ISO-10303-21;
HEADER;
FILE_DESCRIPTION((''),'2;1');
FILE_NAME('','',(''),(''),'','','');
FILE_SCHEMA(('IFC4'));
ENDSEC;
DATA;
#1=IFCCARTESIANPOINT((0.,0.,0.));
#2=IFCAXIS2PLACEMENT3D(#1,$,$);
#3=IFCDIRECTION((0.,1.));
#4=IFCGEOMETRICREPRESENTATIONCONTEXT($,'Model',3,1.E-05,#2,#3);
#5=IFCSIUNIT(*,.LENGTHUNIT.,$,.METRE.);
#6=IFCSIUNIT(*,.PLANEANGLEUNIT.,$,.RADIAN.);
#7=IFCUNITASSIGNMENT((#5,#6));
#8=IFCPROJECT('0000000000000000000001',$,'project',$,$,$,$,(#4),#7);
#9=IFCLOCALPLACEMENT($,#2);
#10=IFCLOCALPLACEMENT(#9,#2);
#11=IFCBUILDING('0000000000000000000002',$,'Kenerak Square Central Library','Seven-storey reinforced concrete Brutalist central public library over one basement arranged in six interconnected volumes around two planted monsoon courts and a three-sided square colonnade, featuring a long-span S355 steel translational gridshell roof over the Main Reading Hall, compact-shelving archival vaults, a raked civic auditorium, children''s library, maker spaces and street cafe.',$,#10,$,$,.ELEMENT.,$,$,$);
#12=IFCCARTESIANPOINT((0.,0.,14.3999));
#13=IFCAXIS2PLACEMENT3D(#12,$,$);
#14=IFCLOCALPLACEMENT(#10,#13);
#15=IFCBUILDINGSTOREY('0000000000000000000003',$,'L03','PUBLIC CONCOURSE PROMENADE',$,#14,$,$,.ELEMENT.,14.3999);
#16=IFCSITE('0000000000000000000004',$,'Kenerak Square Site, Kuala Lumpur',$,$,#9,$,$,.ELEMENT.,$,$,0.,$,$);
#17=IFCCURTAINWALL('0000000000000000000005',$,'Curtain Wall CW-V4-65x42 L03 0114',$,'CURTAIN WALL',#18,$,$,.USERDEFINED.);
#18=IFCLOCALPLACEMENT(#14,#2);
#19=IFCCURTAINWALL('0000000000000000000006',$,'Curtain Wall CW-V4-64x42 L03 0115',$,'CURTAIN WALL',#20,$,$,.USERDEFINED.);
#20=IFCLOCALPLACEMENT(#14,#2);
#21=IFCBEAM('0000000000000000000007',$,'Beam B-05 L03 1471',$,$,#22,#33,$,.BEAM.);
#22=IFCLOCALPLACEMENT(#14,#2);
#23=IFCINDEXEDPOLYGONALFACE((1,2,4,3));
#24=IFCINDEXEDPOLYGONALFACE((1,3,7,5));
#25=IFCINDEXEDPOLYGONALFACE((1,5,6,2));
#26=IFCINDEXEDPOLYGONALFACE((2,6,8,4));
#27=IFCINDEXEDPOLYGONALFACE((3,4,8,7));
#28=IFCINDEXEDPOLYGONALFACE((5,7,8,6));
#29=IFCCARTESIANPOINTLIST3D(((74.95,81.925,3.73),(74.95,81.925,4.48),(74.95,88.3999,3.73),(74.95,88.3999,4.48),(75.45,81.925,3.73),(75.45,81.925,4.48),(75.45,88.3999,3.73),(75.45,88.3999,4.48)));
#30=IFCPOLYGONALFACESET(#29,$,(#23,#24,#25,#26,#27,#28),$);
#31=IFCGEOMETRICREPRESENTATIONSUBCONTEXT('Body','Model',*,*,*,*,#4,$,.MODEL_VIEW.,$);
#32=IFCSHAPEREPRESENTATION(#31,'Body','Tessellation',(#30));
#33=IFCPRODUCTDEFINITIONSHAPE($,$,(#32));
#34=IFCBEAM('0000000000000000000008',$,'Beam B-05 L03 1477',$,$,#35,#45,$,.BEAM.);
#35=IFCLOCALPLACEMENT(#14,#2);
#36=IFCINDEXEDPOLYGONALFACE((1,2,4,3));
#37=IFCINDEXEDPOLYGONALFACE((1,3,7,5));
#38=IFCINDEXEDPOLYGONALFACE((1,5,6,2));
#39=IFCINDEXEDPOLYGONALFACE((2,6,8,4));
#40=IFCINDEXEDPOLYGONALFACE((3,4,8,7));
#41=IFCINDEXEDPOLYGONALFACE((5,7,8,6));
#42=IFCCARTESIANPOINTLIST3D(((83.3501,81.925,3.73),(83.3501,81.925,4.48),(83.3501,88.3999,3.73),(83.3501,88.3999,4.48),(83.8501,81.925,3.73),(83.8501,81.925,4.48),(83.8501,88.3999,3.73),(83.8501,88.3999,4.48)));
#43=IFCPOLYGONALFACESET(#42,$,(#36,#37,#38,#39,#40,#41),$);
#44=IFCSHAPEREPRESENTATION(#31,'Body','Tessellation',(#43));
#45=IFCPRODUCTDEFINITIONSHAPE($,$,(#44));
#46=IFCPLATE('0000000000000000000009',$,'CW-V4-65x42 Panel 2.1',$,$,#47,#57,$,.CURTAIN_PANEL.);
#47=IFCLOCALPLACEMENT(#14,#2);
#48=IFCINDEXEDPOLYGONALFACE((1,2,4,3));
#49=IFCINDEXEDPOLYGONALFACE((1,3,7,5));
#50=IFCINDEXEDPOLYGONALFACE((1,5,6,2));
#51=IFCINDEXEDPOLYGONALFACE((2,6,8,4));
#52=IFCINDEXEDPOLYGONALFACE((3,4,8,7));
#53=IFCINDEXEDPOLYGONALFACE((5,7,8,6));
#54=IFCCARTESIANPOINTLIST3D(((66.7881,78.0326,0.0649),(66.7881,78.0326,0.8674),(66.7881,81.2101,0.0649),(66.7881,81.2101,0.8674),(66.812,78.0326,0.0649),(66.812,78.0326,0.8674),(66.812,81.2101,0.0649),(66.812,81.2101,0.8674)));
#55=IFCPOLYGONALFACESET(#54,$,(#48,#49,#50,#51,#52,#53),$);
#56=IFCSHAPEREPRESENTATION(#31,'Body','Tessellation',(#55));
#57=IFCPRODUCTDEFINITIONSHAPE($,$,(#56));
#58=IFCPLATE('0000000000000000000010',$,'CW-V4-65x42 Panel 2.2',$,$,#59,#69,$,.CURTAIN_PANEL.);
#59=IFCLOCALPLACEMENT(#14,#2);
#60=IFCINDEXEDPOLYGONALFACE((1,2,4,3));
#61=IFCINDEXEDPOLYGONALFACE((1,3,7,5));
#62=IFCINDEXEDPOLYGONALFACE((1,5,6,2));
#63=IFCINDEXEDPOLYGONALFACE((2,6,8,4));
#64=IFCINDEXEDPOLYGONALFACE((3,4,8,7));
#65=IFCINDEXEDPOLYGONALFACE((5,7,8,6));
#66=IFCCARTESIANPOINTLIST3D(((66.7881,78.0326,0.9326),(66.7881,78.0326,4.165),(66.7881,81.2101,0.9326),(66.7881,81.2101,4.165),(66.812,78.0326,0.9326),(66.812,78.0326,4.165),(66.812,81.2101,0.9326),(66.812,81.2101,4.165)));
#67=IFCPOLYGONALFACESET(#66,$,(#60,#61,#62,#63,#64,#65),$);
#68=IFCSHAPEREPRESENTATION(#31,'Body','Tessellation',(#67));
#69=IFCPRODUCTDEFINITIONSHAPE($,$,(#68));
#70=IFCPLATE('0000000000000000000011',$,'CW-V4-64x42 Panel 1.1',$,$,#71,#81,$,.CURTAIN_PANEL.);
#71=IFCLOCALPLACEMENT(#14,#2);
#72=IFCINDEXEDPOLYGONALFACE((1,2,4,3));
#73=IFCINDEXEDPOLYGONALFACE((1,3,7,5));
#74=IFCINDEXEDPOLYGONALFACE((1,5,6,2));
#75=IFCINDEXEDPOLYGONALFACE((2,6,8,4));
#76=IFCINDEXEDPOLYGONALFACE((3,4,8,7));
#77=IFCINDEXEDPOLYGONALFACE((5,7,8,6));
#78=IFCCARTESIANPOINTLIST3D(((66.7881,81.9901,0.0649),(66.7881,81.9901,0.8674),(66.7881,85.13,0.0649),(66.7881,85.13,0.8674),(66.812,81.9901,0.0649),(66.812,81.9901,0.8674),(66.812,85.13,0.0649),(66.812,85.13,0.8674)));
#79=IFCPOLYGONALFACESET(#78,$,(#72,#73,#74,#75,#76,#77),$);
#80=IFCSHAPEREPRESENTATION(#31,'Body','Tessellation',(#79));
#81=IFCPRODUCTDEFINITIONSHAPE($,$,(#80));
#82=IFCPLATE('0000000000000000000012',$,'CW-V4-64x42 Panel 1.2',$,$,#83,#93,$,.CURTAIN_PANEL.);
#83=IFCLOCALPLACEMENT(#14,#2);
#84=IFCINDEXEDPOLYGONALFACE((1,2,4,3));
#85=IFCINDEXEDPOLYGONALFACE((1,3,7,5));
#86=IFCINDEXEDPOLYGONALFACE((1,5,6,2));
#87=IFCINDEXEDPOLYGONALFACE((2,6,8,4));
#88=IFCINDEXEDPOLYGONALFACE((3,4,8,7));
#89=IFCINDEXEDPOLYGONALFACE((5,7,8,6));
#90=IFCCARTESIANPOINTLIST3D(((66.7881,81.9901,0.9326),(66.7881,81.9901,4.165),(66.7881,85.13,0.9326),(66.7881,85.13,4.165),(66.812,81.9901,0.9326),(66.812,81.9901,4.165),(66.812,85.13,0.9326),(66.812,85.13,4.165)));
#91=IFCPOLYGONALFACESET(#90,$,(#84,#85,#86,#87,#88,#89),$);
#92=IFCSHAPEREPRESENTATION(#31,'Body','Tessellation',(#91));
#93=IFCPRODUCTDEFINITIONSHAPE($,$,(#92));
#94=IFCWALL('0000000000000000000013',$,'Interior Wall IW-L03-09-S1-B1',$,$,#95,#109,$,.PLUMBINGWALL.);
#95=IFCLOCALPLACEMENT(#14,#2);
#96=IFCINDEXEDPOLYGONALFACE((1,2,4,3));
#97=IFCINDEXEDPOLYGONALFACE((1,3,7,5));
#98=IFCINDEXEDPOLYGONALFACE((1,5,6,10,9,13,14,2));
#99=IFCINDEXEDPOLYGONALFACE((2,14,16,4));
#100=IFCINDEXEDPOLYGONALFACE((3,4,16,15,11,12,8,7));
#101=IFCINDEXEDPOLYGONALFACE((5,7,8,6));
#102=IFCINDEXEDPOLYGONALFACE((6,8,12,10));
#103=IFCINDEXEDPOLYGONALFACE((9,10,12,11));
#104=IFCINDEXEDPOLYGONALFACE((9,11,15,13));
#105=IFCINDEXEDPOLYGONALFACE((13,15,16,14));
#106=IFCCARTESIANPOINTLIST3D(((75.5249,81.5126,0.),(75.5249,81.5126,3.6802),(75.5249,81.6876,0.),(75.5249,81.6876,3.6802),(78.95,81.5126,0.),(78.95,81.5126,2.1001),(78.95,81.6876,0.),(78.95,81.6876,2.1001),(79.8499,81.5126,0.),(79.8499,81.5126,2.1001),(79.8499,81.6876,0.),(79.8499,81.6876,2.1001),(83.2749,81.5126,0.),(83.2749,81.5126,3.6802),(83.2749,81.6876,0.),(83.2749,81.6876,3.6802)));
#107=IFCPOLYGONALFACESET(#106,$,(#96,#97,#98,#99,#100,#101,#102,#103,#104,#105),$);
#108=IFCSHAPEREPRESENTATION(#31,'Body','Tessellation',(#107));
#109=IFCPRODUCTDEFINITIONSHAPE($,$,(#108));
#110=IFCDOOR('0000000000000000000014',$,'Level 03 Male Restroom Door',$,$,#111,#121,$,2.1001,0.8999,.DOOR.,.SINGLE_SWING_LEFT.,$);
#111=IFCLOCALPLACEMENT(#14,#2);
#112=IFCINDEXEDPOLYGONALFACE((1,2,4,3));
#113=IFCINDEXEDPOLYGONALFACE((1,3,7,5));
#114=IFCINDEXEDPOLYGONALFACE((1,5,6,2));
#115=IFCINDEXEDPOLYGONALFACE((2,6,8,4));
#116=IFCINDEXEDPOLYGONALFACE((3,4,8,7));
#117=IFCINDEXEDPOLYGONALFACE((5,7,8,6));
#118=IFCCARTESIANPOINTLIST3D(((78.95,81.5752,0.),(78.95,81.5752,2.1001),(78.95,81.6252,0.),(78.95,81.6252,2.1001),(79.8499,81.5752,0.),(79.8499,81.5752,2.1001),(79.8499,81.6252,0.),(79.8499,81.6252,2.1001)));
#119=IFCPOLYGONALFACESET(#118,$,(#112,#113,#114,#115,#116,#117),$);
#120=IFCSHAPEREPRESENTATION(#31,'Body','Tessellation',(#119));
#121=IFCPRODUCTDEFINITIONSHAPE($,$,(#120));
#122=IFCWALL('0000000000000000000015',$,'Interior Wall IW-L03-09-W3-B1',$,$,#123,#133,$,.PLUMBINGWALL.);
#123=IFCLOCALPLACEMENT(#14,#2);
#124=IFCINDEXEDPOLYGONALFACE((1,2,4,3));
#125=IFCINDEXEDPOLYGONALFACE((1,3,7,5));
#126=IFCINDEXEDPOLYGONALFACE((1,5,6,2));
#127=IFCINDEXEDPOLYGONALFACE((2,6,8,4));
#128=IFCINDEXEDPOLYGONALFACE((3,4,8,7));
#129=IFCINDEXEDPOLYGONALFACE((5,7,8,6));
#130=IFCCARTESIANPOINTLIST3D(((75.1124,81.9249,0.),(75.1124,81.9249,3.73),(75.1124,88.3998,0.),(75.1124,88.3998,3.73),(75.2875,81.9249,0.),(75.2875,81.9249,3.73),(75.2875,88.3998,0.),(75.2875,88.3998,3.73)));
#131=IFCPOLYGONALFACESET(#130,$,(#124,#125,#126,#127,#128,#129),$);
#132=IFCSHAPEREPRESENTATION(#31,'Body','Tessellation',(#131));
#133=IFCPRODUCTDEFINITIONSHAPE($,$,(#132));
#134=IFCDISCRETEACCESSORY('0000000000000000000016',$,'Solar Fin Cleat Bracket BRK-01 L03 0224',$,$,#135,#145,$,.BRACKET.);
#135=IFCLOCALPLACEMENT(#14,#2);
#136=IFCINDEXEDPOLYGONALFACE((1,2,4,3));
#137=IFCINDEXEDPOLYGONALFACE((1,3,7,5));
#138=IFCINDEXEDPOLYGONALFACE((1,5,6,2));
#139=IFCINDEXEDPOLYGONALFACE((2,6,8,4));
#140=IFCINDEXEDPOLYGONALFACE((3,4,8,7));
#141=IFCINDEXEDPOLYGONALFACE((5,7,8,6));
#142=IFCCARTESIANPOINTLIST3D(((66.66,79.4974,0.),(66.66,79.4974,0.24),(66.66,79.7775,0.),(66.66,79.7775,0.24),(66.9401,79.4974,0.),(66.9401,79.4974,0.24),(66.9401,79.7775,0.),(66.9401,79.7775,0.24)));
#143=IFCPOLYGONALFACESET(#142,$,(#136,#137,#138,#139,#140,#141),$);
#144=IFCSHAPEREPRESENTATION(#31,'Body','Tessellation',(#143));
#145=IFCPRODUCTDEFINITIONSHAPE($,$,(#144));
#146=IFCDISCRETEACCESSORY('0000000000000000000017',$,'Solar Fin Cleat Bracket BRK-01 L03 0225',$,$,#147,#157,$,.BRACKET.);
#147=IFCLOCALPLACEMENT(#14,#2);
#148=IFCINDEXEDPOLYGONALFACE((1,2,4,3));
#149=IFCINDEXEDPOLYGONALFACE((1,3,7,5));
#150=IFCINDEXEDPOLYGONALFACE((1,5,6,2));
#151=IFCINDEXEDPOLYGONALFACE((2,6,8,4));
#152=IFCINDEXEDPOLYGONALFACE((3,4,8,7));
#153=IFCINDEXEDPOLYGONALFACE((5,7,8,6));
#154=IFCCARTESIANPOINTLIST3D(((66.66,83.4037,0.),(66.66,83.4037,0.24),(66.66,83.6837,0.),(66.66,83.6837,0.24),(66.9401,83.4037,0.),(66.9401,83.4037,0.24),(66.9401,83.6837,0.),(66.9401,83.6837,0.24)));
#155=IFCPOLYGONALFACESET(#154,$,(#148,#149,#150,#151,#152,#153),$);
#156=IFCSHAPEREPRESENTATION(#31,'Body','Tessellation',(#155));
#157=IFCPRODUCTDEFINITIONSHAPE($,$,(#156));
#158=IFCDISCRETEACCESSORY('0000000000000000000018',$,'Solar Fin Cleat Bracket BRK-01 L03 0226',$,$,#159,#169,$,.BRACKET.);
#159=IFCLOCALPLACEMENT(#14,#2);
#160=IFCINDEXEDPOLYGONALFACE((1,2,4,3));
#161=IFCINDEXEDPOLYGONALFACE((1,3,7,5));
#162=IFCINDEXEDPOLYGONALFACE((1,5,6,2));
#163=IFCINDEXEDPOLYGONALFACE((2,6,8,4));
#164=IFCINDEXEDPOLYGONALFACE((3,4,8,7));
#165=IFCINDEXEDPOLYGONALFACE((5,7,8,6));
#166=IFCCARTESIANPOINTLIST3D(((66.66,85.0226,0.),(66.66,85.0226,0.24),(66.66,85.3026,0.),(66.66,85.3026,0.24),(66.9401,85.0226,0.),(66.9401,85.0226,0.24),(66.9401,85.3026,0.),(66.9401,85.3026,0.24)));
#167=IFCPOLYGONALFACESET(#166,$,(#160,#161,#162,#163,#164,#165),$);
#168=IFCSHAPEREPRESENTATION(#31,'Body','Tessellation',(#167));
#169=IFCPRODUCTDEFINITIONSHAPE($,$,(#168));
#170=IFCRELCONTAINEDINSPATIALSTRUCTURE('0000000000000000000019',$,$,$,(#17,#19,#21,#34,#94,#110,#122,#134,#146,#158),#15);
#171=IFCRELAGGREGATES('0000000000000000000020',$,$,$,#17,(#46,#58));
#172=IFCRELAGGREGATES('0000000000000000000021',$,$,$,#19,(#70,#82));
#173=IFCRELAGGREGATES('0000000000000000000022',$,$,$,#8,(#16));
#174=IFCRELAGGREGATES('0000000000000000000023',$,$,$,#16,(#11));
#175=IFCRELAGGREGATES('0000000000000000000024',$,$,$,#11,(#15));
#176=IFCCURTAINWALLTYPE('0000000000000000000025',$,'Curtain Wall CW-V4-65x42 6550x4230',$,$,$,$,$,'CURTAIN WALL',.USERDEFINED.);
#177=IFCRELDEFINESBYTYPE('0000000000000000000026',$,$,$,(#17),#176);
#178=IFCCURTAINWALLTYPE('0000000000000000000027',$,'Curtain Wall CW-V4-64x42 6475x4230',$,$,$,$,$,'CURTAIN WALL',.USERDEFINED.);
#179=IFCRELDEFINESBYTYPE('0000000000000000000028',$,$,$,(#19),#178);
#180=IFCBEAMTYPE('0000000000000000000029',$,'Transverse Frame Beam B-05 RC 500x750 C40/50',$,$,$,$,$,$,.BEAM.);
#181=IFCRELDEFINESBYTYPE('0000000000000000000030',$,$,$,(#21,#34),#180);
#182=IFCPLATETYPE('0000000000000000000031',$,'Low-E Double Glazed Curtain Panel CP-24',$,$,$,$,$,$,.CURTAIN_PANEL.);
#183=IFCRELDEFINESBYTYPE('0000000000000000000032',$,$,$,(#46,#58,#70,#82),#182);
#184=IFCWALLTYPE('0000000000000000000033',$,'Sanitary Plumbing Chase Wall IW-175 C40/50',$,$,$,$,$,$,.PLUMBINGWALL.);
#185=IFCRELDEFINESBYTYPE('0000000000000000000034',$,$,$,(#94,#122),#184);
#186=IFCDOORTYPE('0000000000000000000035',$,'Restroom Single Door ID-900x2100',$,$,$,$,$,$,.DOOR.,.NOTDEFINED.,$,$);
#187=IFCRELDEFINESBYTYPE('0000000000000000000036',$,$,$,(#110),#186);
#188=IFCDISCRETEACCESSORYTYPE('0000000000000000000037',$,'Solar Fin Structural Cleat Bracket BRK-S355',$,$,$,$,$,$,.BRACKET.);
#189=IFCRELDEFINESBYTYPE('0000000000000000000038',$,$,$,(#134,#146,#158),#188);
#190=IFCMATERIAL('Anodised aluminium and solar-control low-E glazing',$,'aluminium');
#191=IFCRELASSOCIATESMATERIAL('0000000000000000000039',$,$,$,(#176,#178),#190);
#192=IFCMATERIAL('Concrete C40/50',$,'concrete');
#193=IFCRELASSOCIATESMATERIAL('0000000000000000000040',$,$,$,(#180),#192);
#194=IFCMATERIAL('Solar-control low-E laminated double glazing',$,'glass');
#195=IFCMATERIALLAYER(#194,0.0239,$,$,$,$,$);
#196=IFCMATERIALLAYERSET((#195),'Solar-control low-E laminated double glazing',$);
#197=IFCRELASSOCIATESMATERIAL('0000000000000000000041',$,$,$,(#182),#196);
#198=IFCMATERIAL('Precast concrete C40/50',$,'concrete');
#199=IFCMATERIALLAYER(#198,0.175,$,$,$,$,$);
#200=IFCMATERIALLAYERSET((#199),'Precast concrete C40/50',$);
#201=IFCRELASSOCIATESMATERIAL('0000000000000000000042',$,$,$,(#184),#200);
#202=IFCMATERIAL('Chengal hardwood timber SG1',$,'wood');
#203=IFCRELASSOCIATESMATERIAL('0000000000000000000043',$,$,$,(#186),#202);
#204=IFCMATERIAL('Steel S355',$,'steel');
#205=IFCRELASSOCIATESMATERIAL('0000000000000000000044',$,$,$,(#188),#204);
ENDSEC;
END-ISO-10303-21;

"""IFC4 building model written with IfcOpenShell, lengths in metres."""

from ifc_helpers import new_model, si_unit, direction, frame, frame_2d, origin, origin_2d, place, context, subcontext, project, spatial, rectangle, extrude, material, layer, layer_set, material_profile, profile_set, type_object, element, fill, aggregate, save


model = new_model("IFC4")

# Units and contexts
model_context = context("Model", 3, precision=1e-05, world=origin(), true_north=direction((0.0, 1.0)))
body_context = subcontext(model_context, "Body", "Model", "MODEL_VIEW")
ifc_project = project(units=[si_unit("LENGTHUNIT", "METRE"), si_unit("PLANEANGLEUNIT", "RADIAN")], contexts=[model_context])

# Site, building, storey
site_placement = place(None, origin())
site = spatial("IfcSite", under=ifc_project, at=site_placement, Name="Kenerak Square Site, Kuala Lumpur", CompositionType="ELEMENT", RefElevation=0.0)
building_placement = place(site_placement, origin())
building = spatial("IfcBuilding", under=site, at=building_placement, Name="Kenerak Square Central Library", Description="Seven-storey reinforced concrete Brutalist central public library over one basement arranged in six interconnected volumes around two planted monsoon courts and a three-sided square colonnade, featuring a long-span S355 steel translational gridshell roof over the Main Reading Hall, compact-shelving archival vaults, a raked civic auditorium, children's library, maker spaces and street cafe.", CompositionType="ELEMENT")
storey_placement = place(building_placement, frame((0.0, 0.0, 14.3999)))
storey = spatial("IfcBuildingStorey", under=building, at=storey_placement, Name="L03", Description="PUBLIC CONCOURSE PROMENADE", CompositionType="ELEMENT", Elevation=14.3999)

# Shared definitions
ifc_material_1 = material(Name="Concrete C40/50", Category="concrete")

# Curtain wall
ifc_material_2 = material(Name="Anodised aluminium and solar-control low-E glazing", Category="aluminium")
curtain_wall_type_1 = type_object("IfcCurtainWallType", Name="Curtain Wall CW-V4-65x42 6550x4230", ElementType="CURTAIN WALL", PredefinedType="USERDEFINED", material=ifc_material_2)
curtain_wall_1_placement = place(storey_placement, origin())
curtain_wall_1 = element("IfcCurtainWall", 1, at=curtain_wall_1_placement, inside=storey, type_object=curtain_wall_type_1, Name="Curtain Wall CW-V4-65x42 L03 0114", ObjectType="CURTAIN WALL", PredefinedType="USERDEFINED")

# Curtain wall
curtain_wall_type_2 = type_object("IfcCurtainWallType", Name="Curtain Wall CW-V4-64x42 6475x4230", ElementType="CURTAIN WALL", PredefinedType="USERDEFINED", material=ifc_material_2)
curtain_wall_2_placement = place(storey_placement, origin())
curtain_wall_2 = element("IfcCurtainWall", 2, at=curtain_wall_2_placement, inside=storey, type_object=curtain_wall_type_2, Name="Curtain Wall CW-V4-64x42 L03 0115", ObjectType="CURTAIN WALL", PredefinedType="USERDEFINED")

# Beams
ifc_material_profile_1 = material_profile(ifc_material_1, rectangle(XDim=0.5, YDim=0.75, at=origin_2d()), Name="RC 500x750")
ifc_profile_set_1 = profile_set([ifc_material_profile_1], Name="Concrete C40/50")
beam_type_1 = type_object("IfcBeamType", Name="Transverse Frame Beam B-05 RC 500x750 C40/50", PredefinedType="BEAM", material=ifc_profile_set_1)
for number, where, z_axis, x_axis, name in (
    (3, (75.2, 81.925, 4.105), (0.0, 1.0, 0.0), (-1.0, 0.0, 0.0), "Beam B-05 L03 1471"),
    (4, (83.6001, 81.925, 4.105), (0.0, 1.0, 0.0), (-1.0, 0.0, 0.0), "Beam B-05 L03 1477"),
):
    element("IfcBeam", number, at=place(storey_placement, frame(where, z_axis=z_axis, x_axis=x_axis)), inside=storey, type_object=beam_type_1, Name=name, PredefinedType="BEAM", context=body_context, shape_type="SweptSolid", body=[
        extrude(rectangle(XDim=0.5, YDim=0.75, at=origin_2d()), origin(), (0.0, 0.0, 1.0), 6.4749),
    ])

# Plates
ifc_material_3 = material(Name="Solar-control low-E laminated double glazing", Category="glass")
ifc_layer_1 = layer(ifc_material_3, 0.0239)
ifc_layer_set_1 = layer_set([ifc_layer_1], Name="Solar-control low-E laminated double glazing")
plate_type = type_object("IfcPlateType", Name="Low-E Double Glazed Curtain Panel CP-24", PredefinedType="CURTAIN_PANEL", material=ifc_layer_set_1)
plate_1_placement = place(storey_placement, frame((66.8, 79.6213, 0.0649), z_axis=(0.0, 0.0, 1.0), x_axis=(0.0, 1.0, 0.0)))
plate_1 = element("IfcPlate", 5, at=plate_1_placement, type_object=plate_type, Name="CW-V4-65x42 Panel 2.1", PredefinedType="CURTAIN_PANEL", context=body_context, shape_type="SweptSolid", body=[
    extrude(rectangle(XDim=3.1775, YDim=0.0239, at=origin_2d()), origin(), (0.0, 0.0, 1.0), 0.8025),
])
plate_2_placement = place(storey_placement, frame((66.8, 79.6213, 0.9326), z_axis=(0.0, 0.0, 1.0), x_axis=(0.0, 1.0, 0.0)))
plate_2 = element("IfcPlate", 6, at=plate_2_placement, type_object=plate_type, Name="CW-V4-65x42 Panel 2.2", PredefinedType="CURTAIN_PANEL", context=body_context, shape_type="SweptSolid", body=[
    extrude(rectangle(XDim=3.1775, YDim=0.0239, at=origin_2d()), origin(), (0.0, 0.0, 1.0), 3.2324),
])
aggregate(curtain_wall_1, [plate_1, plate_2])
plate_3_placement = place(storey_placement, frame((66.8, 83.5601, 0.0649), z_axis=(0.0, 0.0, 1.0), x_axis=(0.0, 1.0, 0.0)))
plate_3 = element("IfcPlate", 7, at=plate_3_placement, type_object=plate_type, Name="CW-V4-64x42 Panel 1.1", PredefinedType="CURTAIN_PANEL", context=body_context, shape_type="SweptSolid", body=[
    extrude(rectangle(XDim=3.1399, YDim=0.0239, at=origin_2d()), origin(), (0.0, 0.0, 1.0), 0.8025),
])
plate_4_placement = place(storey_placement, frame((66.8, 83.5601, 0.9326), z_axis=(0.0, 0.0, 1.0), x_axis=(0.0, 1.0, 0.0)))
plate_4 = element("IfcPlate", 8, at=plate_4_placement, type_object=plate_type, Name="CW-V4-64x42 Panel 1.2", PredefinedType="CURTAIN_PANEL", context=body_context, shape_type="SweptSolid", body=[
    extrude(rectangle(XDim=3.1399, YDim=0.0239, at=origin_2d()), origin(), (0.0, 0.0, 1.0), 3.2324),
])
aggregate(curtain_wall_2, [plate_3, plate_4])

# Wall, opening, door
ifc_material_4 = material(Name="Precast concrete C40/50", Category="concrete")
ifc_layer_2 = layer(ifc_material_4, 0.175)
ifc_layer_set_2 = layer_set([ifc_layer_2], Name="Precast concrete C40/50")
wall_type = type_object("IfcWallType", Name="Sanitary Plumbing Chase Wall IW-175 C40/50", PredefinedType="PLUMBINGWALL", material=ifc_layer_set_2)
wall_1_placement = place(storey_placement, frame((83.2749, 81.6001, 0.0), z_axis=(0.0, 0.0, 1.0), x_axis=(-1.0, 0.0, 0.0)))
wall_1 = element("IfcWall", 9, at=wall_1_placement, inside=storey, type_object=wall_type, Name="Interior Wall IW-L03-09-S1-B1", PredefinedType="PLUMBINGWALL", context=body_context, shape_type="SweptSolid", body=[
    extrude(rectangle(XDim=7.75, YDim=0.175, at=frame_2d((3.875, 0.0))), origin(), (0.0, 0.0, 1.0), 3.6802),
])
opening_placement = place(wall_1_placement, frame((3.425, 0.0, 0.0)))
opening = element("IfcOpeningElement", 10, at=opening_placement, cuts=wall_1, PredefinedType="OPENING", context=body_context, shape_type="SweptSolid", body=[
    extrude(rectangle(XDim=0.8999, YDim=2.1001, at=frame_2d((0.45, 1.05))), frame((0.0, 0.0974, 0.0), z_axis=(0.0, -1.0, 0.0), x_axis=(1.0, 0.0, 0.0)), (0.0, 0.0, 1.0), 0.1951),
])
ifc_material_5 = material(Name="Chengal hardwood timber SG1", Category="wood")
door_type = type_object("IfcDoorType", Name="Restroom Single Door ID-900x2100", OperationType="NOTDEFINED", PredefinedType="DOOR", material=ifc_material_5)
door_placement = place(opening_placement, origin())
door = element("IfcDoor", 11, at=door_placement, inside=storey, type_object=door_type, Name="Level 03 Male Restroom Door", OperationType="SINGLE_SWING_LEFT", OverallHeight=2.1001, OverallWidth=0.8999, PredefinedType="DOOR", context=body_context, shape_type="SweptSolid", body=[
    extrude(rectangle(XDim=0.8999, YDim=2.1001, at=frame_2d((0.45, 1.05))), frame((0.0, 0.0249, 0.0), z_axis=(0.0, -1.0, 0.0), x_axis=(1.0, 0.0, 0.0)), (0.0, 0.0, 1.0), 0.05),
])
fill(opening, door)

# Wall
wall_2_placement = place(storey_placement, frame((75.2, 81.925, 0.0), z_axis=(0.0, 0.0, 1.0), x_axis=(0.0, 1.0, 0.0)))
element("IfcWall", 12, at=wall_2_placement, inside=storey, type_object=wall_type, Name="Interior Wall IW-L03-09-W3-B1", PredefinedType="PLUMBINGWALL", context=body_context, shape_type="SweptSolid", body=[
    extrude(rectangle(XDim=6.4749, YDim=0.175, at=frame_2d((3.2373, 0.0))), origin(), (0.0, 0.0, 1.0), 3.73),
])

# Discrete accessories
ifc_material_6 = material(Name="Steel S355", Category="steel")
discrete_accessory_type = type_object("IfcDiscreteAccessoryType", Name="Solar Fin Structural Cleat Bracket BRK-S355", PredefinedType="BRACKET", material=ifc_material_6)
for number, where, z_axis, x_axis, name in (
    (13, (66.8, 79.6375, 0.0), (0.0, 0.0, 1.0), (0.0, 1.0, 0.0), "Solar Fin Cleat Bracket BRK-01 L03 0224"),
    (14, (66.8, 83.5437, 0.0), (0.0, 0.0, 1.0), (0.0, 1.0, 0.0), "Solar Fin Cleat Bracket BRK-01 L03 0225"),
    (15, (66.8, 85.1626, 0.0), (0.0, 0.0, 1.0), (0.0, 1.0, 0.0), "Solar Fin Cleat Bracket BRK-01 L03 0226"),
):
    element("IfcDiscreteAccessory", number, at=place(storey_placement, frame(where, z_axis=z_axis, x_axis=x_axis)), inside=storey, type_object=discrete_accessory_type, Name=name, PredefinedType="BRACKET", context=body_context, shape_type="SweptSolid", body=[
        extrude(rectangle(XDim=0.28, YDim=0.28, at=origin_2d()), origin(), (0.0, 0.0, 1.0), 0.24),
    ])

save(model, "model.ifc")
